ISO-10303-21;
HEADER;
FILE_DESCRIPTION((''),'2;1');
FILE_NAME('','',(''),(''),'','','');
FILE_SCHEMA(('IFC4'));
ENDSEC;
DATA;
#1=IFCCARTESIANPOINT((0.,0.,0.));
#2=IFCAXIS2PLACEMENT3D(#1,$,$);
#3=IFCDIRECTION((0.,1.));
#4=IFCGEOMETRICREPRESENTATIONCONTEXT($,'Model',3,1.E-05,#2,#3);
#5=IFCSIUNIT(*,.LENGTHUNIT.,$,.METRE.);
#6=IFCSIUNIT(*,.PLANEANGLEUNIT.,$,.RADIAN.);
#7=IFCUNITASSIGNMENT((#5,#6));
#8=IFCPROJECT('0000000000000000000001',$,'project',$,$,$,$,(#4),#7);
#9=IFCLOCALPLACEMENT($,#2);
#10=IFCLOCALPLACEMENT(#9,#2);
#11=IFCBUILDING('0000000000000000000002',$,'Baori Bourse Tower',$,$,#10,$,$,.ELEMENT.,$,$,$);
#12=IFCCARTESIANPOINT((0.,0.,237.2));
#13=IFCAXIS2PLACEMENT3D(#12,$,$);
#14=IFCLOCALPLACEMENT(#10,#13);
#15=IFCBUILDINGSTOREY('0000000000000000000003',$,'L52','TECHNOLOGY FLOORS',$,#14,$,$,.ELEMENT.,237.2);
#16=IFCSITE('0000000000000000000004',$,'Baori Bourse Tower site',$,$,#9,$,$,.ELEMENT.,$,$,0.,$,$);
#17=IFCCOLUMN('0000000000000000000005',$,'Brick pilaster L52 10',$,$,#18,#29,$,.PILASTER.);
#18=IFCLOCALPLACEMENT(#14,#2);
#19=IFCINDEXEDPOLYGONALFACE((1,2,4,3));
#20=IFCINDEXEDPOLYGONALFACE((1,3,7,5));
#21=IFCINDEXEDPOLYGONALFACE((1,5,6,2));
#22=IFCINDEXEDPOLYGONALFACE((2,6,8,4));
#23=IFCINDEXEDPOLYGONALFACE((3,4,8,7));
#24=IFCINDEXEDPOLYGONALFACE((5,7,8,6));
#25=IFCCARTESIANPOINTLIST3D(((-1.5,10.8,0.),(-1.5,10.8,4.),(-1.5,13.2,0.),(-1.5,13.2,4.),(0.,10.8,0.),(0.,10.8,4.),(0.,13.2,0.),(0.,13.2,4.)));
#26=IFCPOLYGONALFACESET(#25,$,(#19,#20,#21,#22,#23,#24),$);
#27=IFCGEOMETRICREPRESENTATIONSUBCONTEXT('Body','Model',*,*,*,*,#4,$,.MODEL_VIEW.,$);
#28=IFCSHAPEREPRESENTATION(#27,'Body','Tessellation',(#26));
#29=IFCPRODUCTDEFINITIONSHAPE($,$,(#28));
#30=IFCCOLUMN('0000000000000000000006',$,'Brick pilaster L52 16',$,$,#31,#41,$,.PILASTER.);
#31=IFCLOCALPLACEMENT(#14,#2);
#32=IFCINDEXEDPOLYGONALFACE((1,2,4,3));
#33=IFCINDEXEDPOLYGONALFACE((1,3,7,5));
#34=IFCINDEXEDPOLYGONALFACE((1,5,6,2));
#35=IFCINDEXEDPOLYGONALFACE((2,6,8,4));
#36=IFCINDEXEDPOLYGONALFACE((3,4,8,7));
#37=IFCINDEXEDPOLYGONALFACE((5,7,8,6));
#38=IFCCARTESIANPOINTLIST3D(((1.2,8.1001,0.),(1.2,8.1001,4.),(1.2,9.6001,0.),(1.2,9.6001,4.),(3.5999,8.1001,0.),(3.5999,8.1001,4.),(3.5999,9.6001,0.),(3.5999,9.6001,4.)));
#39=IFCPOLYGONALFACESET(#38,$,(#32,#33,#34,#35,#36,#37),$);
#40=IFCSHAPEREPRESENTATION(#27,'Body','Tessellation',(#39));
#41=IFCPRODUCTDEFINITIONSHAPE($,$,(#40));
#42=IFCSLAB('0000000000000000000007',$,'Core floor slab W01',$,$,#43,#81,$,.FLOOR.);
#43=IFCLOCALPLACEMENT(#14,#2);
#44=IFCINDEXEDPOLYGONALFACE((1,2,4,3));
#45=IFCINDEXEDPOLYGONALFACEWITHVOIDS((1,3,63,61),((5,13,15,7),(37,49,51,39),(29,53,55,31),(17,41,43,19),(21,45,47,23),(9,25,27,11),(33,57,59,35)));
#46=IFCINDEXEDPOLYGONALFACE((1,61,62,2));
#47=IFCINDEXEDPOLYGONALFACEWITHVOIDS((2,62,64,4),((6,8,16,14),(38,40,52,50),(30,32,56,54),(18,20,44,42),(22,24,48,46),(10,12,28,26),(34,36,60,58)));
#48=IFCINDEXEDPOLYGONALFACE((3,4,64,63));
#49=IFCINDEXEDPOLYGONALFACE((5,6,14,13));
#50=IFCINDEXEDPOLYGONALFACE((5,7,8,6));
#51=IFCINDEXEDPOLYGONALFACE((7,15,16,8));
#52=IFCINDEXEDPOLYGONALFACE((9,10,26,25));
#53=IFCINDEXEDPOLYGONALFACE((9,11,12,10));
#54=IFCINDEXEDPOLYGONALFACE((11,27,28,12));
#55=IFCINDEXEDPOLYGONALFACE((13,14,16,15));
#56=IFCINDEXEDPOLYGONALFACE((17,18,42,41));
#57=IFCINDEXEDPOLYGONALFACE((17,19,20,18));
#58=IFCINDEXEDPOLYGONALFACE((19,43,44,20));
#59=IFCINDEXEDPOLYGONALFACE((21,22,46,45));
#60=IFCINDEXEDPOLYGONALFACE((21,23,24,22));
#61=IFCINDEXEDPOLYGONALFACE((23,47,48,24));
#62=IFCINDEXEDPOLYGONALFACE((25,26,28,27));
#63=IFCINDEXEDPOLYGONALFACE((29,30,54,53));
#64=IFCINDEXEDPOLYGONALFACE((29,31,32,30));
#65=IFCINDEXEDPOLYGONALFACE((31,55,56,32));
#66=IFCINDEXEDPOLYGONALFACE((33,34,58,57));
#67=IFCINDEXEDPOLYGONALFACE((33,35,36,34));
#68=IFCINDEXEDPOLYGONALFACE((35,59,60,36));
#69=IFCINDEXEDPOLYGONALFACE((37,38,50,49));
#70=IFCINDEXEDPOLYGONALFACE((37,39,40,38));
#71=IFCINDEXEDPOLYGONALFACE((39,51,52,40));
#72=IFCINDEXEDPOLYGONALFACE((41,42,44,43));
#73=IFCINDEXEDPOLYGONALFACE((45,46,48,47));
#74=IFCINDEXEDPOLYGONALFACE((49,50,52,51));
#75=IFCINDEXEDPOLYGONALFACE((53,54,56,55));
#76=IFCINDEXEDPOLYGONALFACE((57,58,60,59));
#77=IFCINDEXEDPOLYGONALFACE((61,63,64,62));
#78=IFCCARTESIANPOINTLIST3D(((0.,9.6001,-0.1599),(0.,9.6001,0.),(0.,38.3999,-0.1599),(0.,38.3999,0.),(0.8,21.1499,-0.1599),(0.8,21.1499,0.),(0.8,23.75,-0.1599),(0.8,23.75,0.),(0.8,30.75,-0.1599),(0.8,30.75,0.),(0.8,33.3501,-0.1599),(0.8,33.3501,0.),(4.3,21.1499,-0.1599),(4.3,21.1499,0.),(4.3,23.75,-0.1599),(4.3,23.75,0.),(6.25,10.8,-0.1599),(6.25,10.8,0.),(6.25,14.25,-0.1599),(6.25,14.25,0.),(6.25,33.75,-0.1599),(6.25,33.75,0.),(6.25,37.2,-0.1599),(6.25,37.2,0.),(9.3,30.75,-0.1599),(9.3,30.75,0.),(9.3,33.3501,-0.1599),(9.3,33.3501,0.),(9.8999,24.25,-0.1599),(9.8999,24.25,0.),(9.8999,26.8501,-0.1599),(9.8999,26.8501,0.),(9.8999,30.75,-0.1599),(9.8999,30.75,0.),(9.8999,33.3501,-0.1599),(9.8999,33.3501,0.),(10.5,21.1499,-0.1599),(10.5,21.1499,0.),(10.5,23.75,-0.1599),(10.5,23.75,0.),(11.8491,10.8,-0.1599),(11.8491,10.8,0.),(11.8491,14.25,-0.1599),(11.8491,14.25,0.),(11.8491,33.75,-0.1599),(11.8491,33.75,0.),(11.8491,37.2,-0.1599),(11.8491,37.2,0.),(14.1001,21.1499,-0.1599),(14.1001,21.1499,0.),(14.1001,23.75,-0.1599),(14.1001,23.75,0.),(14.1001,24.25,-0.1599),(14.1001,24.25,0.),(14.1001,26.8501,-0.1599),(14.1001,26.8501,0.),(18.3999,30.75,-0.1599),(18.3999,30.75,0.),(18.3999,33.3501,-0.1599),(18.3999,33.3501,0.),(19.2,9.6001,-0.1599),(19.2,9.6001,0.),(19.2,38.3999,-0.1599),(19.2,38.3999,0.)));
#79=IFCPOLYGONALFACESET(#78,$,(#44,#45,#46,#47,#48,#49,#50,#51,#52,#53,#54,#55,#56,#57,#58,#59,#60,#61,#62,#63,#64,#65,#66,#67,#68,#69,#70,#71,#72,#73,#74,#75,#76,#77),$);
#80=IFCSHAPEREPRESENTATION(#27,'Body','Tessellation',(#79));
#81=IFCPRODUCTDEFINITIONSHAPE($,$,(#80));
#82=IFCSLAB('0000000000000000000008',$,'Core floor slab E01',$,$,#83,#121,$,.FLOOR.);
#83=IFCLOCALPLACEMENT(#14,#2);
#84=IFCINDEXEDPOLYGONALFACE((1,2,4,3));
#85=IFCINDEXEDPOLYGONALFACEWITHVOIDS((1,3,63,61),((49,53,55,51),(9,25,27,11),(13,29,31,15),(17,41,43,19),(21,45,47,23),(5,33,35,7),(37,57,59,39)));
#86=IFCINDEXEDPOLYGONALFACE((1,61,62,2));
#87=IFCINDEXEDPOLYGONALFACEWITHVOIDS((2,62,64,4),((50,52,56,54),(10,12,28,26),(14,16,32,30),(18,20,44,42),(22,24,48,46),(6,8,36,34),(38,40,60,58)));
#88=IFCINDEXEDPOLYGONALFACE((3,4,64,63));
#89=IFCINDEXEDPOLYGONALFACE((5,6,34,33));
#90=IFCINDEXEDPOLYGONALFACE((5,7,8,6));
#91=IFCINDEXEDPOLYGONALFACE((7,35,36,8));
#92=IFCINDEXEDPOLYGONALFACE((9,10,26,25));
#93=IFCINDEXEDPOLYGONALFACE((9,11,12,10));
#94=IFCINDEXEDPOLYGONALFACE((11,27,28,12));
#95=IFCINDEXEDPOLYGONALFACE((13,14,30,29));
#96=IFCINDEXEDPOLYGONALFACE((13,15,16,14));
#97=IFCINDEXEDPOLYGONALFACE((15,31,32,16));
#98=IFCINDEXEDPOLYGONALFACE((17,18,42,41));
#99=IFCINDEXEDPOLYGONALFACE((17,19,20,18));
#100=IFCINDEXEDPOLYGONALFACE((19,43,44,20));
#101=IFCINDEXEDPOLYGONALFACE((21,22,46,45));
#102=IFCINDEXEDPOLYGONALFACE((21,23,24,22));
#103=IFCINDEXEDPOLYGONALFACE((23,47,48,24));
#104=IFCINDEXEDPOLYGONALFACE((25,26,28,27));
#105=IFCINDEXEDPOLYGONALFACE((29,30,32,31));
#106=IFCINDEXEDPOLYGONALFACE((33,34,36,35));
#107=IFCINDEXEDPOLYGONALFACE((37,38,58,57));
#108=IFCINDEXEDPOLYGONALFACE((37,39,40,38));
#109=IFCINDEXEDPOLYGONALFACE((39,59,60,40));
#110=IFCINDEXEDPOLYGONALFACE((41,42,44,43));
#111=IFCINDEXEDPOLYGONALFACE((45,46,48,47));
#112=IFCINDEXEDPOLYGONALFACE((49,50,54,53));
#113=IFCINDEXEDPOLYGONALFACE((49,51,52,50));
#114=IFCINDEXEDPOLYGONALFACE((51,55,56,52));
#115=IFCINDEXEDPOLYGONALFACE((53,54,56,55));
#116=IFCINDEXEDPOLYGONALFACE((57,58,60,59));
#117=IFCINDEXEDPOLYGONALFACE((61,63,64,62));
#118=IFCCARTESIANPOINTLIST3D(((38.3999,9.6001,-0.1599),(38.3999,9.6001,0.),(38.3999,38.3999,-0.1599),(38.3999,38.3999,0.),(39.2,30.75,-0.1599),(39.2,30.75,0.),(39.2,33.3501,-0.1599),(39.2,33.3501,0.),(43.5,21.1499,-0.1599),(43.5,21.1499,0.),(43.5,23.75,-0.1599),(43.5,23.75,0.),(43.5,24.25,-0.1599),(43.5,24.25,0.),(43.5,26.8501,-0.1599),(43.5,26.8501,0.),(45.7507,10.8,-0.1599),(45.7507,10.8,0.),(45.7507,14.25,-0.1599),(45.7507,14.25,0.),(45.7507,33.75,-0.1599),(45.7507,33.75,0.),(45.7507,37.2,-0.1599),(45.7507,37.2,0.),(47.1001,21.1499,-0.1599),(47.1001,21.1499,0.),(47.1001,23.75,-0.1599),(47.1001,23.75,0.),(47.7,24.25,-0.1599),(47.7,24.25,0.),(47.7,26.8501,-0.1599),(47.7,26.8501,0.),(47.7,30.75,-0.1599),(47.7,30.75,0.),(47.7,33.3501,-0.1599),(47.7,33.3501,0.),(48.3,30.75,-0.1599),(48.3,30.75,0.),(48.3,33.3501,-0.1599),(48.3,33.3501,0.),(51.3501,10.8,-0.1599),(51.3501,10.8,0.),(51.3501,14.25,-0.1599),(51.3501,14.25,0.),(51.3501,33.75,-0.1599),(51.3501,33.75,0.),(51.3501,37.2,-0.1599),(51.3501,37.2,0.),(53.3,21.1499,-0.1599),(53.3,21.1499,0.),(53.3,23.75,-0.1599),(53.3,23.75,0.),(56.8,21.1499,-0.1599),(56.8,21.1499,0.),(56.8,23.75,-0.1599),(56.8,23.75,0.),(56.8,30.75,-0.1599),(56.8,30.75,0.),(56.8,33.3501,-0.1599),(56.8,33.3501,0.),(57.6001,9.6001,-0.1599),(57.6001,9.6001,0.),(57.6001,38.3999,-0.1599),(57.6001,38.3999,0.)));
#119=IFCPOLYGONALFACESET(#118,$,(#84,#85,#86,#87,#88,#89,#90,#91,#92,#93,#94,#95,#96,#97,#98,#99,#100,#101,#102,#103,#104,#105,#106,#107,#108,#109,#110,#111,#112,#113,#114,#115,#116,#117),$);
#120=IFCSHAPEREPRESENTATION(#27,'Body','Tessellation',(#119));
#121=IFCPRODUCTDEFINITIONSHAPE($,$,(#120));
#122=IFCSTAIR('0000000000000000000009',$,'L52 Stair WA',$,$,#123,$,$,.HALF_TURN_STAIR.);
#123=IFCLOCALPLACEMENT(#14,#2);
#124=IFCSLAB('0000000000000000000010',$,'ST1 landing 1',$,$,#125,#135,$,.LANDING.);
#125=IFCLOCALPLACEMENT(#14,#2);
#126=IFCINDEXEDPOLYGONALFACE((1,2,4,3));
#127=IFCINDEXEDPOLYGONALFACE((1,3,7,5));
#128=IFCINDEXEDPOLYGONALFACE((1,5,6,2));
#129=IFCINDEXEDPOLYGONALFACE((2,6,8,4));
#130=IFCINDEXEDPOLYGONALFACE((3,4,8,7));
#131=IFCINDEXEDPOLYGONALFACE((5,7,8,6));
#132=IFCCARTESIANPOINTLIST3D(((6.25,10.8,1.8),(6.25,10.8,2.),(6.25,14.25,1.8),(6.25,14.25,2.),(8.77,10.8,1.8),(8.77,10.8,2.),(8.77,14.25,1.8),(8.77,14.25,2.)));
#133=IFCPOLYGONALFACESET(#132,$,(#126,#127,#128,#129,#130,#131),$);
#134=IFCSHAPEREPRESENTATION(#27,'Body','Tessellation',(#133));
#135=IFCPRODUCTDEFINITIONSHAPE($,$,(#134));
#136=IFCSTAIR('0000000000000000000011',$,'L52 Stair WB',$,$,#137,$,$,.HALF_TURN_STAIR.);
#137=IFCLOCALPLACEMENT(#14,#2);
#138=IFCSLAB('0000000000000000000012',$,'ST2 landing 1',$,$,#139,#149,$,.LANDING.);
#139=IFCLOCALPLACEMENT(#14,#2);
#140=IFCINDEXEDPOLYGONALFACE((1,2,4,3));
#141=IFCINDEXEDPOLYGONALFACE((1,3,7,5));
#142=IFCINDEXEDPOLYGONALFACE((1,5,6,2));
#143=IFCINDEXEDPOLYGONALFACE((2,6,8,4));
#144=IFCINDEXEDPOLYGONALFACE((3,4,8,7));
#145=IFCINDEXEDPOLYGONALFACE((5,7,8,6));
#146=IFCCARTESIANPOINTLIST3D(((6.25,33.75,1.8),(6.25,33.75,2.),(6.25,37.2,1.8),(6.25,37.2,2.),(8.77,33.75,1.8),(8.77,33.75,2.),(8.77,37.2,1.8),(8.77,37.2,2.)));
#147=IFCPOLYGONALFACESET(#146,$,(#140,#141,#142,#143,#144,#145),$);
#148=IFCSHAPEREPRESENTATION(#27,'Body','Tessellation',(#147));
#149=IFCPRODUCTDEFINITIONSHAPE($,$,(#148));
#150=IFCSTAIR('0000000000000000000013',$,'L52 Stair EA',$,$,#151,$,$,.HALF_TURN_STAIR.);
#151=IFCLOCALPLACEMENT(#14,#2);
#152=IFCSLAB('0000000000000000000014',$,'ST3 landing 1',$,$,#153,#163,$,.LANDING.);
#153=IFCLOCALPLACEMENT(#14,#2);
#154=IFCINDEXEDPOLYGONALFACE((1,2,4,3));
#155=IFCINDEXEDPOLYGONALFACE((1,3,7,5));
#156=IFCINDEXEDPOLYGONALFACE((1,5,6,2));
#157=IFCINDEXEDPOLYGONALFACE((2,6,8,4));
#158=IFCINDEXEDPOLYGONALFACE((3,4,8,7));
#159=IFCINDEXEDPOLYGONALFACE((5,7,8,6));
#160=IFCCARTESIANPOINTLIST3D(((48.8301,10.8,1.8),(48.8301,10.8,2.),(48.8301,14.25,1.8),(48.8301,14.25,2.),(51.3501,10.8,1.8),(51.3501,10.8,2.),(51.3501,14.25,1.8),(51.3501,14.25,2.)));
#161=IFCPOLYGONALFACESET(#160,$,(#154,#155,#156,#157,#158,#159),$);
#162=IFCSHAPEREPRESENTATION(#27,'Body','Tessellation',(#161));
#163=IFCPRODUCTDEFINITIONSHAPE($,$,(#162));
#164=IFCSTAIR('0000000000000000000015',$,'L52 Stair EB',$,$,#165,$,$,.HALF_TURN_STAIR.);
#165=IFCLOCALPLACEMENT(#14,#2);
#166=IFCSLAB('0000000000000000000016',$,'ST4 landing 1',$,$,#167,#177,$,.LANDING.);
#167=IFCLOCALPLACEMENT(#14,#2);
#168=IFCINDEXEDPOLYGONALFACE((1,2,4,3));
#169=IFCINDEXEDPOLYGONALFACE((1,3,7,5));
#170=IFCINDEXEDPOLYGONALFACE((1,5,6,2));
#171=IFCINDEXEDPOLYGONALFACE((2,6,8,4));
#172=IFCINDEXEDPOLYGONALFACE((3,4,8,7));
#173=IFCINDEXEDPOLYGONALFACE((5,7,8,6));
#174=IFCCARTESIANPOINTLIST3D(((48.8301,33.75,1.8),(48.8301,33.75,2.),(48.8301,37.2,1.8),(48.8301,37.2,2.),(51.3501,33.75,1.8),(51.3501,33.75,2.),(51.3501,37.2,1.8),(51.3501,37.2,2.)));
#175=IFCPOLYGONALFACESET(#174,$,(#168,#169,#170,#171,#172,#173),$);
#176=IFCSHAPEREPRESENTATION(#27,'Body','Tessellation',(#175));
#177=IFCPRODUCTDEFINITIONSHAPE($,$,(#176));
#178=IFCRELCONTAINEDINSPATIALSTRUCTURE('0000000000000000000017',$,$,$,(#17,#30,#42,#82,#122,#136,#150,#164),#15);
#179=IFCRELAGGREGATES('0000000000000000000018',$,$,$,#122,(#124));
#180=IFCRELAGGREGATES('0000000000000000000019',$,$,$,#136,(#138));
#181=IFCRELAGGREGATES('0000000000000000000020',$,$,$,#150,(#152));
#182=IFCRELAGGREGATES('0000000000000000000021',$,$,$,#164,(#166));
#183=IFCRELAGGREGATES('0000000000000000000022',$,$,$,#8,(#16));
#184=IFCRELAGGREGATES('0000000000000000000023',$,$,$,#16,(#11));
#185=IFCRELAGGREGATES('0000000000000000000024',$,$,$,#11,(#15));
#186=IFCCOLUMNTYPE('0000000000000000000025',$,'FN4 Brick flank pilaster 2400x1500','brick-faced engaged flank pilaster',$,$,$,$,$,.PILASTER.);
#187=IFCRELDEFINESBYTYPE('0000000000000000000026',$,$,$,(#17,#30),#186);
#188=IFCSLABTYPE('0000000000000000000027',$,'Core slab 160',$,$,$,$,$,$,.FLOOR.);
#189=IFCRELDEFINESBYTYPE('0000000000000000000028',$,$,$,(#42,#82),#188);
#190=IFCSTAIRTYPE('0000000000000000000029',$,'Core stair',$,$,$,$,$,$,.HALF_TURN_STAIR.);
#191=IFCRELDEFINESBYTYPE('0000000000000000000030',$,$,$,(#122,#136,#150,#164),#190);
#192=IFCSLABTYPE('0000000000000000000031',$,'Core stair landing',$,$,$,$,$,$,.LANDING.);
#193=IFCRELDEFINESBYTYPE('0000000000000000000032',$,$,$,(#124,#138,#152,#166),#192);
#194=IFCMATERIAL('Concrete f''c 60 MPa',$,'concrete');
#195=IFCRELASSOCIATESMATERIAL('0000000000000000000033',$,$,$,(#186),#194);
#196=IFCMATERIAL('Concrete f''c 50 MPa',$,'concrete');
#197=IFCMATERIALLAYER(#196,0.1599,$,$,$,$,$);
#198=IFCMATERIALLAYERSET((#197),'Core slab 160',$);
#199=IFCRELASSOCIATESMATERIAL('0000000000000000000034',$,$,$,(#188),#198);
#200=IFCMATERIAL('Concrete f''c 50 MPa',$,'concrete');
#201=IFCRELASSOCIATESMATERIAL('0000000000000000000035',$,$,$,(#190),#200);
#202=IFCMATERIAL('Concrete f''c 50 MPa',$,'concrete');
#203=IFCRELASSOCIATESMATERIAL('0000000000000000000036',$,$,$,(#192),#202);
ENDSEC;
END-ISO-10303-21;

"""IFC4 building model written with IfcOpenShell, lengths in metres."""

from ifc_helpers import new_model, si_unit, direction, frame, origin, origin_2d, place, context, subcontext, project, spatial, polyline, rectangle, outline, extrude, material, layer, layer_set, material_profile, profile_set, type_object, element, aggregate, save


model = new_model("IFC4")

# Units and contexts
model_context = context("Model", 3, precision=1e-05, world=origin(), true_north=direction((0.0, 1.0)))
body_context = subcontext(model_context, "Body", "Model", "MODEL_VIEW")
ifc_project = project(units=[si_unit("LENGTHUNIT", "METRE"), si_unit("PLANEANGLEUNIT", "RADIAN")], contexts=[model_context])

# Site, building, storey
site_placement = place(None, origin())
site = spatial("IfcSite", under=ifc_project, at=site_placement, Name="Baori Bourse Tower site", CompositionType="ELEMENT", RefElevation=0.0)
building_placement = place(site_placement, origin())
building = spatial("IfcBuilding", under=site, at=building_placement, Name="Baori Bourse Tower", CompositionType="ELEMENT")
storey_placement = place(building_placement, frame((0.0, 0.0, 237.2)))
storey = spatial("IfcBuildingStorey", under=building, at=storey_placement, Name="L52", Description="TECHNOLOGY FLOORS", CompositionType="ELEMENT", Elevation=237.2)

# Columns
ifc_material_1 = material(Name="Concrete f'c 60 MPa", Category="concrete")
ifc_material_profile = material_profile(ifc_material_1, rectangle(XDim=2.3999, YDim=1.5, at=origin_2d()), Name="RC 2400x1500")
ifc_profile_set = profile_set([ifc_material_profile], Name="Concrete f'c 60 MPa")
column_type = type_object("IfcColumnType", Name="FN4 Brick flank pilaster 2400x1500", Description="brick-faced engaged flank pilaster", PredefinedType="PILASTER", material=ifc_profile_set)
for number, where, z_axis, x_axis, name in (
    (1, (-0.75, 12.0, 0.0), (0.0, 0.0, 1.0), (0.0, 1.0, 0.0), "Brick pilaster L52 10"),
    (2, (2.3999, 8.8501, 0.0), (0.0, 0.0, 1.0), (1.0, 0.0, 0.0), "Brick pilaster L52 16"),
):
    element("IfcColumn", number, at=place(storey_placement, frame(where, z_axis=z_axis, x_axis=x_axis)), inside=storey, type_object=column_type, Name=name, PredefinedType="PILASTER", context=body_context, shape_type="SweptSolid", body=[
        extrude(rectangle(XDim=2.3999, YDim=1.5, at=origin_2d()), origin(), (0.0, 0.0, 1.0), 4.0),
    ])

# Slabs
ifc_material_2 = material(Name="Concrete f'c 50 MPa", Category="concrete")
ifc_layer_1 = layer(ifc_material_2, 0.1599)
ifc_layer_set_1 = layer_set([ifc_layer_1], Name="Core slab 160")
slab_type_1 = type_object("IfcSlabType", Name="Core slab 160", PredefinedType="FLOOR", material=ifc_layer_set_1)
slab_1_placement = place(storey_placement, frame((0.0, 0.0, -0.1599)))
element("IfcSlab", 3, at=slab_1_placement, inside=storey, type_object=slab_type_1, Name="Core floor slab W01", PredefinedType="FLOOR", context=body_context, shape_type="SweptSolid", body=[
    extrude(outline(polyline([(19.2, 38.3999), (0.0, 38.3999), (0.0, 9.6001), (19.2, 9.6001), (19.2, 38.3999)]), holes=[polyline([(9.8999, 33.3501), (18.3999, 33.3501), (18.3999, 30.75), (9.8999, 30.75), (9.8999, 33.3501)]), polyline([(10.5, 21.1499), (10.5, 23.75), (14.1001, 23.75), (14.1001, 21.1499), (10.5, 21.1499)]), polyline([(14.1001, 24.25), (9.8999, 24.25), (9.8999, 26.8501), (14.1001, 26.8501), (14.1001, 24.25)]), polyline([(6.25, 14.25), (11.8491, 14.25), (11.8491, 10.8), (6.25, 10.8), (6.25, 14.25)]), polyline([(11.8491, 37.2), (11.8491, 33.75), (6.25, 33.75), (6.25, 37.2), (11.8491, 37.2)]), polyline([(0.8, 30.75), (0.8, 33.3501), (9.3, 33.3501), (9.3, 30.75), (0.8, 30.75)]), polyline([(4.3, 23.75), (4.3, 21.1499), (0.8, 21.1499), (0.8, 23.75), (4.3, 23.75)])]), origin(), (0.0, 0.0, 1.0), 0.1599),
])
slab_2_placement = place(storey_placement, frame((0.0, 0.0, -0.1599)))
element("IfcSlab", 4, at=slab_2_placement, inside=storey, type_object=slab_type_1, Name="Core floor slab E01", PredefinedType="FLOOR", context=body_context, shape_type="SweptSolid", body=[
    extrude(outline(polyline([(57.6001, 9.6001), (57.6001, 38.3999), (38.3999, 38.3999), (38.3999, 9.6001), (57.6001, 9.6001)]), holes=[polyline([(48.3, 33.3501), (56.8, 33.3501), (56.8, 30.75), (48.3, 30.75), (48.3, 33.3501)]), polyline([(56.8, 21.1499), (53.3, 21.1499), (53.3, 23.75), (56.8, 23.75), (56.8, 21.1499)]), polyline([(45.7507, 14.25), (51.3501, 14.25), (51.3501, 10.8), (45.7507, 10.8), (45.7507, 14.25)]), polyline([(51.3501, 37.2), (51.3501, 33.75), (45.7507, 33.75), (45.7507, 37.2), (51.3501, 37.2)]), polyline([(43.5, 24.25), (43.5, 26.8501), (47.7, 26.8501), (47.7, 24.25), (43.5, 24.25)]), polyline([(47.7, 33.3501), (47.7, 30.75), (39.2, 30.75), (39.2, 33.3501), (47.7, 33.3501)]), polyline([(43.5, 23.75), (47.1001, 23.75), (47.1001, 21.1499), (43.5, 21.1499), (43.5, 23.75)])]), origin(), (0.0, 0.0, 1.0), 0.1599),
])

# Stairs, slabs
ifc_material_3 = material(Name="Concrete f'c 50 MPa", Category="concrete")
stair_type = type_object("IfcStairType", Name="Core stair", PredefinedType="HALF_TURN_STAIR", material=ifc_material_3)
stair_1_placement = place(storey_placement, origin())
stair_1 = element("IfcStair", 5, at=stair_1_placement, inside=storey, type_object=stair_type, Name="L52 Stair WA", PredefinedType="HALF_TURN_STAIR")
ifc_material_4 = material(Name="Concrete f'c 50 MPa", Category="concrete")
slab_type_2 = type_object("IfcSlabType", Name="Core stair landing", PredefinedType="LANDING", material=ifc_material_4)
slab_3_placement = place(storey_placement, frame((0.0, 0.0, 1.8)))
slab_3 = element("IfcSlab", 6, at=slab_3_placement, type_object=slab_type_2, Name="ST1 landing 1", PredefinedType="LANDING", context=body_context, shape_type="SweptSolid", body=[
    extrude(outline(polyline([(8.77, 14.25), (6.25, 14.25), (6.25, 10.8), (8.77, 10.8), (8.77, 14.25)])), origin(), (0.0, 0.0, 1.0), 0.2),
])
aggregate(stair_1, [slab_3])
stair_2_placement = place(storey_placement, origin())
stair_2 = element("IfcStair", 7, at=stair_2_placement, inside=storey, type_object=stair_type, Name="L52 Stair WB", PredefinedType="HALF_TURN_STAIR")
slab_4_placement = place(storey_placement, frame((0.0, 0.0, 1.8)))
slab_4 = element("IfcSlab", 8, at=slab_4_placement, type_object=slab_type_2, Name="ST2 landing 1", PredefinedType="LANDING", context=body_context, shape_type="SweptSolid", body=[
    extrude(outline(polyline([(8.77, 37.2), (6.25, 37.2), (6.25, 33.75), (8.77, 33.75), (8.77, 37.2)])), origin(), (0.0, 0.0, 1.0), 0.2),
])
aggregate(stair_2, [slab_4])
stair_3_placement = place(storey_placement, origin())
stair_3 = element("IfcStair", 9, at=stair_3_placement, inside=storey, type_object=stair_type, Name="L52 Stair EA", PredefinedType="HALF_TURN_STAIR")
slab_5_placement = place(storey_placement, frame((0.0, 0.0, 1.8)))
slab_5 = element("IfcSlab", 10, at=slab_5_placement, type_object=slab_type_2, Name="ST3 landing 1", PredefinedType="LANDING", context=body_context, shape_type="SweptSolid", body=[
    extrude(outline(polyline([(48.8301, 10.8), (51.3501, 10.8), (51.3501, 14.25), (48.8301, 14.25), (48.8301, 10.8)])), origin(), (0.0, 0.0, 1.0), 0.2),
])
aggregate(stair_3, [slab_5])
stair_4_placement = place(storey_placement, origin())
stair_4 = element("IfcStair", 11, at=stair_4_placement, inside=storey, type_object=stair_type, Name="L52 Stair EB", PredefinedType="HALF_TURN_STAIR")
slab_6_placement = place(storey_placement, frame((0.0, 0.0, 1.8)))
slab_6 = element("IfcSlab", 12, at=slab_6_placement, type_object=slab_type_2, Name="ST4 landing 1", PredefinedType="LANDING", context=body_context, shape_type="SweptSolid", body=[
    extrude(outline(polyline([(48.8301, 33.75), (51.3501, 33.75), (51.3501, 37.2), (48.8301, 37.2), (48.8301, 33.75)])), origin(), (0.0, 0.0, 1.0), 0.2),
])
aggregate(stair_4, [slab_6])

save(model, "model.ifc")
